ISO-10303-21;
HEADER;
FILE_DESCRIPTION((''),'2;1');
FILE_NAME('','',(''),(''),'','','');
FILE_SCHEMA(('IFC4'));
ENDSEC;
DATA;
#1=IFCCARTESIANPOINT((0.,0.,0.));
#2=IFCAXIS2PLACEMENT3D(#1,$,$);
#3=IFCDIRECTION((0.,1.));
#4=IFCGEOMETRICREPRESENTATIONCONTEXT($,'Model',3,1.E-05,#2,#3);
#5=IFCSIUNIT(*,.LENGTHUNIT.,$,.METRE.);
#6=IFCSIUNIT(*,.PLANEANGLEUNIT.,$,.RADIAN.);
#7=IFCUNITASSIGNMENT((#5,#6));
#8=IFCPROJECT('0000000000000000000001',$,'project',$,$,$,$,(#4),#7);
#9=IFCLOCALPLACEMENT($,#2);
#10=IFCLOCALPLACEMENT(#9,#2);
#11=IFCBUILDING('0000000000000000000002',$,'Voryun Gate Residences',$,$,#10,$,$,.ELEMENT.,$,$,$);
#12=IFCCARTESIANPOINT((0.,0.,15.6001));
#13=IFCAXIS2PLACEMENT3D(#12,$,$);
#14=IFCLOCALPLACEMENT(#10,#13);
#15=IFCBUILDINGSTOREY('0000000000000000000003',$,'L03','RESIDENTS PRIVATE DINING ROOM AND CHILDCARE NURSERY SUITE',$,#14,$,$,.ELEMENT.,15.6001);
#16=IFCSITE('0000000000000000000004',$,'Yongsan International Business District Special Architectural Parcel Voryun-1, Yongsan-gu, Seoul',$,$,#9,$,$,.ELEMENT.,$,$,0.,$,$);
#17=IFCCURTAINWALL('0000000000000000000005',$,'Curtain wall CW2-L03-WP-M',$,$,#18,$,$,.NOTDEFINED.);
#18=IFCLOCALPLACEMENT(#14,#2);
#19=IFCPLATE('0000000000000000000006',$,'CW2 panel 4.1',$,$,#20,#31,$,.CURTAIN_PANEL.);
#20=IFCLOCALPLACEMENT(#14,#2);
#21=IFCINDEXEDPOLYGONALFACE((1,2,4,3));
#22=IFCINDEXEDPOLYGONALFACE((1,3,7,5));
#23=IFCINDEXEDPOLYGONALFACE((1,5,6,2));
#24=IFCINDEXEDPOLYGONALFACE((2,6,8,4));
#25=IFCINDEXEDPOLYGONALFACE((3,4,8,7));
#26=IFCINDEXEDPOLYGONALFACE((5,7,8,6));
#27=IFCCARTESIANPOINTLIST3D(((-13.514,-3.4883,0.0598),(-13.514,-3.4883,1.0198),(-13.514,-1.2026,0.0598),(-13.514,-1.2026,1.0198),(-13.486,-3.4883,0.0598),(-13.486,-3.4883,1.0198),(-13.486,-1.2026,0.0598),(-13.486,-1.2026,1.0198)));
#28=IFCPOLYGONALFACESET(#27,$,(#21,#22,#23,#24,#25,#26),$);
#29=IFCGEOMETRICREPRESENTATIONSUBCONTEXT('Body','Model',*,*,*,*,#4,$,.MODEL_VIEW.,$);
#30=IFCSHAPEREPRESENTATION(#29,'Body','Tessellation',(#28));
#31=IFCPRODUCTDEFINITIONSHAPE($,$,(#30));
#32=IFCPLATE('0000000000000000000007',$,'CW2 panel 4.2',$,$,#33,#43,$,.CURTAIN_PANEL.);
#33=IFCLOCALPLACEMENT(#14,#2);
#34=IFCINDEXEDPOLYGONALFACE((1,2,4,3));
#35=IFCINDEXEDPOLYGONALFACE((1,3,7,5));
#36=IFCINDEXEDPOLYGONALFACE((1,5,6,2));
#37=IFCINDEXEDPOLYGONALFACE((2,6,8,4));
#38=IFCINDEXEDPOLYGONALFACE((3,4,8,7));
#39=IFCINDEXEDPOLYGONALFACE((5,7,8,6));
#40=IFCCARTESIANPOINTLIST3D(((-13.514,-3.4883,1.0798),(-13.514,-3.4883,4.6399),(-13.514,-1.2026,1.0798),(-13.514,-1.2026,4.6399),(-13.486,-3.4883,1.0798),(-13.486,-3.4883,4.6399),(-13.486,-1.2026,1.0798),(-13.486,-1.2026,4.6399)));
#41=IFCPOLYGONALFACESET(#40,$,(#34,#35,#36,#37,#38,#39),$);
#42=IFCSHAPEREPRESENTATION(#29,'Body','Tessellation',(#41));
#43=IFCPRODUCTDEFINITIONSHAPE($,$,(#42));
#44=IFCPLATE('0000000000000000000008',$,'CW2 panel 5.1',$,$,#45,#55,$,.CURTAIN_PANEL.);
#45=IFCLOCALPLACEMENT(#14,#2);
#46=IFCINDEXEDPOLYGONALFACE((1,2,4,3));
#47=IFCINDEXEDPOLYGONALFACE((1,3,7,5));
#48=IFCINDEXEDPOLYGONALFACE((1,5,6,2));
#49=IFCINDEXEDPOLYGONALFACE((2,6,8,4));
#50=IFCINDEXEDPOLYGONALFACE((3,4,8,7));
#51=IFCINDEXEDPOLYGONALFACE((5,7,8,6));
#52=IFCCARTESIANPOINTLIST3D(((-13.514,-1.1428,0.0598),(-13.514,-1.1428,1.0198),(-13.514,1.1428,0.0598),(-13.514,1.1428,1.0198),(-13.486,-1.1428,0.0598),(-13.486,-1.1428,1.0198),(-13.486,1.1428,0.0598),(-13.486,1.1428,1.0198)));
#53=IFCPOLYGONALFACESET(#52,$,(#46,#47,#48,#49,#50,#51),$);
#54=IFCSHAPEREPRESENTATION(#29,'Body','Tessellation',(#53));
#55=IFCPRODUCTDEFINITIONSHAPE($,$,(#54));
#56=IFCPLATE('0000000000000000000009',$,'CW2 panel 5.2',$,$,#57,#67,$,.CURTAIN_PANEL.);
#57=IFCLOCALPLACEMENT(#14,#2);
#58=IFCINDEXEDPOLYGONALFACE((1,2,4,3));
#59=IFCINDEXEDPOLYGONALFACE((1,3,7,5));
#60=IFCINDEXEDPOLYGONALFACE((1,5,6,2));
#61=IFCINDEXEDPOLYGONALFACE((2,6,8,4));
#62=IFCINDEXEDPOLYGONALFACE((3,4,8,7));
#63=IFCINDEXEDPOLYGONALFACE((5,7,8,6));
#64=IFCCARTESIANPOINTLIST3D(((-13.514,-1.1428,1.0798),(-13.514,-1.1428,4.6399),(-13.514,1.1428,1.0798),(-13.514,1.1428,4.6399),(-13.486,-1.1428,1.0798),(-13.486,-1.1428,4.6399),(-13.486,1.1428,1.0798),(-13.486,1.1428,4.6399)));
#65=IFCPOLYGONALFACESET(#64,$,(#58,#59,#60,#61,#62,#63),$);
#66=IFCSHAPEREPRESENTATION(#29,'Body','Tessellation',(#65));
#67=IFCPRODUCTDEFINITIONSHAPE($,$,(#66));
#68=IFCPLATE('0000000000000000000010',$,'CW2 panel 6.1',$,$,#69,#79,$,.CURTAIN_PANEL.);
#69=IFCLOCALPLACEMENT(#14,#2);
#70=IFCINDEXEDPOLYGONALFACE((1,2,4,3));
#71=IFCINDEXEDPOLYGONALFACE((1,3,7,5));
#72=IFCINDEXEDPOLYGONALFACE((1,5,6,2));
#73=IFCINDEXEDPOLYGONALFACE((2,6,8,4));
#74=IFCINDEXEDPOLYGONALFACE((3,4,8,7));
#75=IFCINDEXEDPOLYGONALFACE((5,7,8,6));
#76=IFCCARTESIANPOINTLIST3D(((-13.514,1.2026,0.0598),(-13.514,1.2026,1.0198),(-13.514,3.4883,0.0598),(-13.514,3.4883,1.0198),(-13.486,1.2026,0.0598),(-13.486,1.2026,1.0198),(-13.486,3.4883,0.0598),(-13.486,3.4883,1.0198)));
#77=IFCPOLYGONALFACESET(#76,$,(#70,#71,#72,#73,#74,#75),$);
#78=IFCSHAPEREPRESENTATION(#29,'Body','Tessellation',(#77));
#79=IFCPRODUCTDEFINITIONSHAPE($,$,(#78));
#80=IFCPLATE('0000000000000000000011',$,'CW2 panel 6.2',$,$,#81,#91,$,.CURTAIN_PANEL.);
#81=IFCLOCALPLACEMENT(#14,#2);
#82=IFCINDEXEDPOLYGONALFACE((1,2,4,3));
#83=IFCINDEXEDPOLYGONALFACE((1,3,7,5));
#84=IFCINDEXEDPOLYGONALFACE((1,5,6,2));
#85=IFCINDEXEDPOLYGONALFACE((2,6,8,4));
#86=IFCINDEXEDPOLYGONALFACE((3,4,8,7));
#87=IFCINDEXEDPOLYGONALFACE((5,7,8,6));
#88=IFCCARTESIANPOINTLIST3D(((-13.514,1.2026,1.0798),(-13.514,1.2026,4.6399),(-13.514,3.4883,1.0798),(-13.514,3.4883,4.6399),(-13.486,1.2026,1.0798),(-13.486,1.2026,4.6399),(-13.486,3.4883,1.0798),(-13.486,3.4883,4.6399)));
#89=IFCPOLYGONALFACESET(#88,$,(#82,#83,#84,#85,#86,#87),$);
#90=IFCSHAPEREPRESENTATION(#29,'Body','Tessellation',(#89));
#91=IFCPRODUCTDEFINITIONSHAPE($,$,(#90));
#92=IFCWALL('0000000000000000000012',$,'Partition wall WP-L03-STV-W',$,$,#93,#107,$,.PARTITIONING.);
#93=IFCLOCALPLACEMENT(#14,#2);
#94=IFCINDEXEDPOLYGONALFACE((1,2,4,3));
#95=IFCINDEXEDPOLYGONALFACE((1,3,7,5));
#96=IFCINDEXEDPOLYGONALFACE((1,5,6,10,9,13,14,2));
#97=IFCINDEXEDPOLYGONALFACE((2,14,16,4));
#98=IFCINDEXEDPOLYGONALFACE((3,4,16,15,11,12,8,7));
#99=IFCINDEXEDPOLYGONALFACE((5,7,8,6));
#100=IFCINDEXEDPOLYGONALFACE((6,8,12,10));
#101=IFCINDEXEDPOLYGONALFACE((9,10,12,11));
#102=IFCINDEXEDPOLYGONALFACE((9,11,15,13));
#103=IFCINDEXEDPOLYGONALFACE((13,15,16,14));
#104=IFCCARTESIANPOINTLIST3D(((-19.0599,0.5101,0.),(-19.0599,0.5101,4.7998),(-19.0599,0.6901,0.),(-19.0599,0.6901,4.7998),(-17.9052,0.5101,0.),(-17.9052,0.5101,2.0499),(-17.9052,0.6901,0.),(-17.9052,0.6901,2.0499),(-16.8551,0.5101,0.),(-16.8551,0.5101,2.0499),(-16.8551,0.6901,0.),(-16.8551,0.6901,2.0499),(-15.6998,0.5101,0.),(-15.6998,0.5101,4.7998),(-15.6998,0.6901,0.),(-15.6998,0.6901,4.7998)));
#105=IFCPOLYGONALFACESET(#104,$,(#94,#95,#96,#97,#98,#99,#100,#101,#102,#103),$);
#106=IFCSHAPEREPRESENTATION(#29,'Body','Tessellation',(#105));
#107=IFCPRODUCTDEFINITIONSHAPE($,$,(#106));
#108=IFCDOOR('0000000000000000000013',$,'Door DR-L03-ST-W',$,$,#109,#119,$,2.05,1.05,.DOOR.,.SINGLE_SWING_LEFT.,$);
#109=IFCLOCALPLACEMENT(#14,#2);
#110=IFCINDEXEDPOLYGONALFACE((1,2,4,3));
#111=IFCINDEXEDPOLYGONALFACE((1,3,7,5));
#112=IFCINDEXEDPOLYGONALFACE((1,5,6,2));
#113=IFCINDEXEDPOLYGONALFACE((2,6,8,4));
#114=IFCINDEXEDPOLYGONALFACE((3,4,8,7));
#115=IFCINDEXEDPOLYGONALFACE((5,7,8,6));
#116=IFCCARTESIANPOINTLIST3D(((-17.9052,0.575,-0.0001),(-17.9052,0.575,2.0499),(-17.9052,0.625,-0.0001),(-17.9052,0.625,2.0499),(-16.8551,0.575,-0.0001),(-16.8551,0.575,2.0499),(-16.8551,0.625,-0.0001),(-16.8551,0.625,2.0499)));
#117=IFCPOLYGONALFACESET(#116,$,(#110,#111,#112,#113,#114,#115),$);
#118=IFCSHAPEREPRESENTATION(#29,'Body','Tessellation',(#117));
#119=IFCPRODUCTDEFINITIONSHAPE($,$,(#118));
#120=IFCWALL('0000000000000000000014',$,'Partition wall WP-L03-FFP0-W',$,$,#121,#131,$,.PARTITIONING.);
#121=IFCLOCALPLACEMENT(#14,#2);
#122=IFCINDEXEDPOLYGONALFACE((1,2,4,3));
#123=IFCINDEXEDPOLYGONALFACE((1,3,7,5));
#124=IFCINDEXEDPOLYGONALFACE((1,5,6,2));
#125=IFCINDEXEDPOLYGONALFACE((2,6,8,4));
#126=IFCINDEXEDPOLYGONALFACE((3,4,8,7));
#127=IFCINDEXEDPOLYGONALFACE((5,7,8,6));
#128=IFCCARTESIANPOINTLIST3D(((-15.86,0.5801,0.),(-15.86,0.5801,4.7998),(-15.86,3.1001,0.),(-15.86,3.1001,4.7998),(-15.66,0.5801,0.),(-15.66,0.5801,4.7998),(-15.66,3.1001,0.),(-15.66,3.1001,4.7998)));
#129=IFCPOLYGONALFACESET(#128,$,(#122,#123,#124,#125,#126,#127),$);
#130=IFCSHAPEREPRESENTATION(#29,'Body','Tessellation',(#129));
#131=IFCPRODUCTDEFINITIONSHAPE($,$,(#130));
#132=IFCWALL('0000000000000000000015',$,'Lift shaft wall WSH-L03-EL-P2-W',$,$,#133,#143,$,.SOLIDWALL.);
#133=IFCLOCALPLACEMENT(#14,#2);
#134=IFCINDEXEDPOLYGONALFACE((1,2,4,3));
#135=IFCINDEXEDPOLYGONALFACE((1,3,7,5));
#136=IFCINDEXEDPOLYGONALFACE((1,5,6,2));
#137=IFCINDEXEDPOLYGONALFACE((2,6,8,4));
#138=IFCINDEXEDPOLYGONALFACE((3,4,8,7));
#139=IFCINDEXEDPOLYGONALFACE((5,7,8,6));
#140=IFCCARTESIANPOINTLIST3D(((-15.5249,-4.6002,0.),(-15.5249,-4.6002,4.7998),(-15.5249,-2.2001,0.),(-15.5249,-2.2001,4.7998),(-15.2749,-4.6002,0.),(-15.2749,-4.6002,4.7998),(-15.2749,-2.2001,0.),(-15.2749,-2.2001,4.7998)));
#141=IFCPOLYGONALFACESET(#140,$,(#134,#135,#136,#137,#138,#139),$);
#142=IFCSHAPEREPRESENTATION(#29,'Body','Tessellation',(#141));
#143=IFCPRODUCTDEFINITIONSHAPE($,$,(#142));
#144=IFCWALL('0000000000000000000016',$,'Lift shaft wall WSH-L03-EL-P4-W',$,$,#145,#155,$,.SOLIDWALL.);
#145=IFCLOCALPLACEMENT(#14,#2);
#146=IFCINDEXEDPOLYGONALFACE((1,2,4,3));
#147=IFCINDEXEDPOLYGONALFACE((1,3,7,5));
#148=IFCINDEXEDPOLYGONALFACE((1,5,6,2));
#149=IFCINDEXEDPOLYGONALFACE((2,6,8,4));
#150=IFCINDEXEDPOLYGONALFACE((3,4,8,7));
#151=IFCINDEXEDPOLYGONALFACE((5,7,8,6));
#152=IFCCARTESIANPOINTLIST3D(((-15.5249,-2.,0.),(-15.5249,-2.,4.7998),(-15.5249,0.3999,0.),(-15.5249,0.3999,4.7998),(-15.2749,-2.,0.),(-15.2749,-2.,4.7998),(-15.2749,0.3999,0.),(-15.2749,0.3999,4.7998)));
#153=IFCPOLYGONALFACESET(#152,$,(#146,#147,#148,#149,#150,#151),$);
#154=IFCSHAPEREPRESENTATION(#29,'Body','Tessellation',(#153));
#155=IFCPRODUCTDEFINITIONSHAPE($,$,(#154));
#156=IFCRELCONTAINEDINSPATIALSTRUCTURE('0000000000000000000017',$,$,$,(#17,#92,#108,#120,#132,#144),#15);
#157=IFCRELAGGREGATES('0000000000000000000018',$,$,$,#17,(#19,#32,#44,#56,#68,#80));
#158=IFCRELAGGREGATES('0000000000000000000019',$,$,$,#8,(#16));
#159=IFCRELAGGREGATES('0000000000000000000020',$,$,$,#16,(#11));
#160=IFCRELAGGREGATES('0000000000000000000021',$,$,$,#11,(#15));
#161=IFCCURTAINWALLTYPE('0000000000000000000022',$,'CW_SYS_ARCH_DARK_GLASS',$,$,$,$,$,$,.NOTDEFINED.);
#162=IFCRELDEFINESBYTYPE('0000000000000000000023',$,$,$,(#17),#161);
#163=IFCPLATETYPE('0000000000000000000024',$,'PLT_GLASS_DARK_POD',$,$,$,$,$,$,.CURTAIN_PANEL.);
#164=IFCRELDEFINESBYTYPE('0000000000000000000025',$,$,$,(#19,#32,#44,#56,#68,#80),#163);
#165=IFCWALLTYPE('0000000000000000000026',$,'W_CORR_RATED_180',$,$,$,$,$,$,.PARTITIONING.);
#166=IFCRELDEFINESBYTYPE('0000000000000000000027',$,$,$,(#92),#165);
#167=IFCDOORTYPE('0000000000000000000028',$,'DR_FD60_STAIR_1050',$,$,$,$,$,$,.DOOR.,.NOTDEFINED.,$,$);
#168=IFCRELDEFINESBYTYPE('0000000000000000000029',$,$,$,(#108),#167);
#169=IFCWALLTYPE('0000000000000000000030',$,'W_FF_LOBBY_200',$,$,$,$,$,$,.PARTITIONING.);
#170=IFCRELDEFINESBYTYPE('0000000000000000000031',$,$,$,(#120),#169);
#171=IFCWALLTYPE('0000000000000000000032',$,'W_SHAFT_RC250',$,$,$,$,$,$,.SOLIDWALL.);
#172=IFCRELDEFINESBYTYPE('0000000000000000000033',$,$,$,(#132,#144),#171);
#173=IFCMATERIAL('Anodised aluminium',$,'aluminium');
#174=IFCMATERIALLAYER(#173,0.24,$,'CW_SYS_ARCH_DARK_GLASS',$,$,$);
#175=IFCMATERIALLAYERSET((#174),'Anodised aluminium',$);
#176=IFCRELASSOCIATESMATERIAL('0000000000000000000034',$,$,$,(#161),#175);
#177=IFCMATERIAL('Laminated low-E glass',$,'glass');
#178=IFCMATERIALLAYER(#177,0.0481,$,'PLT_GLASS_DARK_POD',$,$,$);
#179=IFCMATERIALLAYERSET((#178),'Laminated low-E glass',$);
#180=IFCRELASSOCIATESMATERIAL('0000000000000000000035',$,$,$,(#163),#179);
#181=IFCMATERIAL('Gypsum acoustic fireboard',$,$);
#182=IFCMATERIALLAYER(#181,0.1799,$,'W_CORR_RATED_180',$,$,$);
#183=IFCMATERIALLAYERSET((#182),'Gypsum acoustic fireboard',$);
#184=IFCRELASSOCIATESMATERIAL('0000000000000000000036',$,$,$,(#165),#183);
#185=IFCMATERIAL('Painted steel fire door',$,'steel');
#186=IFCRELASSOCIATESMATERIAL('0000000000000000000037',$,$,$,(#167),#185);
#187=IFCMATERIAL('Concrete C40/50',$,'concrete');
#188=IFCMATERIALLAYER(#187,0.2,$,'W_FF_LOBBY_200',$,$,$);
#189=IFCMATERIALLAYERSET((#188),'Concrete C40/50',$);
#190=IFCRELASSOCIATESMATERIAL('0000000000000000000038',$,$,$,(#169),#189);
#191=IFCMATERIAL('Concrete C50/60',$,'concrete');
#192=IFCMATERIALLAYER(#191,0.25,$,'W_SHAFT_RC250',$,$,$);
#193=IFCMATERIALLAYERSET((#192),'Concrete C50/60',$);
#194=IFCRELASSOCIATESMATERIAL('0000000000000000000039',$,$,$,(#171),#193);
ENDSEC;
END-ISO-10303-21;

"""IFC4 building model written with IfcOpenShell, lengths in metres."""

from ifc_helpers import new_model, si_unit, direction, frame, frame_2d, origin, origin_2d, place, context, subcontext, project, spatial, rectangle, extrude, material, layer, layer_set, type_object, element, fill, aggregate, save


model = new_model("IFC4")

# Units and contexts
model_context = context("Model", 3, precision=1e-05, world=origin(), true_north=direction((0.0, 1.0)))
body_context = subcontext(model_context, "Body", "Model", "MODEL_VIEW")
ifc_project = project(units=[si_unit("LENGTHUNIT", "METRE"), si_unit("PLANEANGLEUNIT", "RADIAN")], contexts=[model_context])

# Site, building, storey
site_placement = place(None, origin())
site = spatial("IfcSite", under=ifc_project, at=site_placement, Name="Yongsan International Business District Special Architectural Parcel Voryun-1, Yongsan-gu, Seoul", CompositionType="ELEMENT", RefElevation=0.0)
building_placement = place(site_placement, origin())
building = spatial("IfcBuilding", under=site, at=building_placement, Name="Voryun Gate Residences", CompositionType="ELEMENT")
storey_placement = place(building_placement, frame((0.0, 0.0, 15.6001)))
storey = spatial("IfcBuildingStorey", under=building, at=storey_placement, Name="L03", Description="RESIDENTS PRIVATE DINING ROOM AND CHILDCARE NURSERY SUITE", CompositionType="ELEMENT", Elevation=15.6001)

# Curtain wall, plates
ifc_material_1 = material(Name="Anodised aluminium", Category="aluminium")
ifc_layer_1 = layer(ifc_material_1, 0.24, Name="CW_SYS_ARCH_DARK_GLASS")
ifc_layer_set_1 = layer_set([ifc_layer_1], Name="Anodised aluminium")
curtain_wall_type = type_object("IfcCurtainWallType", Name="CW_SYS_ARCH_DARK_GLASS", PredefinedType="NOTDEFINED", material=ifc_layer_set_1)
curtain_wall_placement = place(storey_placement, origin())
curtain_wall = element("IfcCurtainWall", 1, at=curtain_wall_placement, inside=storey, type_object=curtain_wall_type, Name="Curtain wall CW2-L03-WP-M", PredefinedType="NOTDEFINED")
ifc_material_2 = material(Name="Laminated low-E glass", Category="glass")
ifc_layer_2 = layer(ifc_material_2, 0.0481, Name="PLT_GLASS_DARK_POD")
ifc_layer_set_2 = layer_set([ifc_layer_2], Name="Laminated low-E glass")
plate_type = type_object("IfcPlateType", Name="PLT_GLASS_DARK_POD", PredefinedType="CURTAIN_PANEL", material=ifc_layer_set_2)
plate_1_placement = place(storey_placement, frame((-13.5, -2.3455, 0.0598), z_axis=(0.0, 0.0, 1.0), x_axis=(0.0, 1.0, 0.0)))
plate_1 = element("IfcPlate", 2, at=plate_1_placement, type_object=plate_type, Name="CW2 panel 4.1", PredefinedType="CURTAIN_PANEL", context=body_context, shape_type="SweptSolid", body=[
    extrude(rectangle(XDim=2.2856, YDim=0.0281, at=origin_2d()), origin(), (0.0, 0.0, 1.0), 0.96),
])
plate_2_placement = place(storey_placement, frame((-13.5, -2.3455, 1.0798), z_axis=(0.0, 0.0, 1.0), x_axis=(0.0, 1.0, 0.0)))
plate_2 = element("IfcPlate", 3, at=plate_2_placement, type_object=plate_type, Name="CW2 panel 4.2", PredefinedType="CURTAIN_PANEL", context=body_context, shape_type="SweptSolid", body=[
    extrude(rectangle(XDim=2.2856, YDim=0.0281, at=origin_2d()), origin(), (0.0, 0.0, 1.0), 3.5601),
])
plate_3_placement = place(storey_placement, frame((-13.5, 0.0, 0.0598), z_axis=(0.0, 0.0, 1.0), x_axis=(0.0, 1.0, 0.0)))
plate_3 = element("IfcPlate", 4, at=plate_3_placement, type_object=plate_type, Name="CW2 panel 5.1", PredefinedType="CURTAIN_PANEL", context=body_context, shape_type="SweptSolid", body=[
    extrude(rectangle(XDim=2.2856, YDim=0.0281, at=origin_2d()), origin(), (0.0, 0.0, 1.0), 0.96),
])
plate_4_placement = place(storey_placement, frame((-13.5, 0.0, 1.0798), z_axis=(0.0, 0.0, 1.0), x_axis=(0.0, 1.0, 0.0)))
plate_4 = element("IfcPlate", 5, at=plate_4_placement, type_object=plate_type, Name="CW2 panel 5.2", PredefinedType="CURTAIN_PANEL", context=body_context, shape_type="SweptSolid", body=[
    extrude(rectangle(XDim=2.2856, YDim=0.0281, at=origin_2d()), origin(), (0.0, 0.0, 1.0), 3.5601),
])
plate_5_placement = place(storey_placement, frame((-13.5, 2.3455, 0.0598), z_axis=(0.0, 0.0, 1.0), x_axis=(0.0, 1.0, 0.0)))
plate_5 = element("IfcPlate", 6, at=plate_5_placement, type_object=plate_type, Name="CW2 panel 6.1", PredefinedType="CURTAIN_PANEL", context=body_context, shape_type="SweptSolid", body=[
    extrude(rectangle(XDim=2.2856, YDim=0.0281, at=origin_2d()), origin(), (0.0, 0.0, 1.0), 0.96),
])
plate_6_placement = place(storey_placement, frame((-13.5, 2.3455, 1.0798), z_axis=(0.0, 0.0, 1.0), x_axis=(0.0, 1.0, 0.0)))
plate_6 = element("IfcPlate", 7, at=plate_6_placement, type_object=plate_type, Name="CW2 panel 6.2", PredefinedType="CURTAIN_PANEL", context=body_context, shape_type="SweptSolid", body=[
    extrude(rectangle(XDim=2.2856, YDim=0.0281, at=origin_2d()), origin(), (0.0, 0.0, 1.0), 3.5601),
])
aggregate(curtain_wall, [plate_1, plate_2, plate_3, plate_4, plate_5, plate_6])

# Wall, opening, door
ifc_material_3 = material(Name="Gypsum acoustic fireboard")
ifc_layer_3 = layer(ifc_material_3, 0.1799, Name="W_CORR_RATED_180")
ifc_layer_set_3 = layer_set([ifc_layer_3], Name="Gypsum acoustic fireboard")
wall_type_1 = type_object("IfcWallType", Name="W_CORR_RATED_180", PredefinedType="PARTITIONING", material=ifc_layer_set_3)
wall_1_placement = place(storey_placement, frame((-19.0601, 0.6001, 0.0), z_axis=(0.0, 0.0, 1.0), x_axis=(1.0, 0.0, 0.0)))
wall_1 = element("IfcWall", 8, at=wall_1_placement, inside=storey, type_object=wall_type_1, Name="Partition wall WP-L03-STV-W", PredefinedType="PARTITIONING", context=body_context, shape_type="SweptSolid", body=[
    extrude(rectangle(XDim=3.3601, YDim=0.1799, at=frame_2d((1.6802, 0.0))), origin(), (0.0, 0.0, 1.0), 4.7998),
])
opening_placement = place(wall_1_placement, frame((1.155, 0.0, 0.0)))
opening = element("IfcOpeningElement", 9, at=opening_placement, cuts=wall_1, PredefinedType="OPENING", context=body_context, shape_type="SweptSolid", body=[
    extrude(rectangle(XDim=1.05, YDim=2.05, at=frame_2d((0.5249, 1.0249))), frame((0.0, 0.0999, 0.0), z_axis=(0.0, -1.0, 0.0), x_axis=(1.0, 0.0, 0.0)), (0.0, 0.0, 1.0), 0.2),
])
ifc_material_4 = material(Name="Painted steel fire door", Category="steel")
door_type = type_object("IfcDoorType", Name="DR_FD60_STAIR_1050", OperationType="NOTDEFINED", PredefinedType="DOOR", material=ifc_material_4)
door_placement = place(opening_placement, origin())
door = element("IfcDoor", 10, at=door_placement, inside=storey, type_object=door_type, Name="Door DR-L03-ST-W", OperationType="SINGLE_SWING_LEFT", OverallHeight=2.05, OverallWidth=1.05, PredefinedType="DOOR", context=body_context, shape_type="SweptSolid", body=[
    extrude(rectangle(XDim=1.05, YDim=2.05, at=frame_2d((0.5249, 1.0249))), frame((0.0, 0.0249, 0.0), z_axis=(0.0, -1.0, 0.0), x_axis=(1.0, 0.0, 0.0)), (0.0, 0.0, 1.0), 0.05),
])
fill(opening, door)

# Walls
ifc_material_5 = material(Name="Concrete C40/50", Category="concrete")
ifc_layer_4 = layer(ifc_material_5, 0.2, Name="W_FF_LOBBY_200")
ifc_layer_set_4 = layer_set([ifc_layer_4], Name="Concrete C40/50")
wall_type_2 = type_object("IfcWallType", Name="W_FF_LOBBY_200", PredefinedType="PARTITIONING", material=ifc_layer_set_4)
wall_2_placement = place(storey_placement, frame((-15.76, 0.5801, 0.0), z_axis=(0.0, 0.0, 1.0), x_axis=(0.0, 1.0, 0.0)))
element("IfcWall", 11, at=wall_2_placement, inside=storey, type_object=wall_type_2, Name="Partition wall WP-L03-FFP0-W", PredefinedType="PARTITIONING", context=body_context, shape_type="SweptSolid", body=[
    extrude(rectangle(XDim=2.52, YDim=0.2, at=frame_2d((1.26, 0.0))), origin(), (0.0, 0.0, 1.0), 4.7998),
])
ifc_material_6 = material(Name="Concrete C50/60", Category="concrete")
ifc_layer_5 = layer(ifc_material_6, 0.25, Name="W_SHAFT_RC250")
ifc_layer_set_5 = layer_set([ifc_layer_5], Name="Concrete C50/60")
wall_type_3 = type_object("IfcWallType", Name="W_SHAFT_RC250", PredefinedType="SOLIDWALL", material=ifc_layer_set_5)
wall_3_placement = place(storey_placement, frame((-15.3999, -2.2, 0.0), z_axis=(0.0, 0.0, 1.0), x_axis=(0.0, -1.0, 0.0)))
element("IfcWall", 12, at=wall_3_placement, inside=storey, type_object=wall_type_3, Name="Lift shaft wall WSH-L03-EL-P2-W", PredefinedType="SOLIDWALL", context=body_context, shape_type="SweptSolid", body=[
    extrude(rectangle(XDim=2.4001, YDim=0.25, at=frame_2d((1.2002, 0.0))), origin(), (0.0, 0.0, 1.0), 4.7998),
])
wall_4_placement = place(storey_placement, frame((-15.3999, 0.3999, 0.0), z_axis=(0.0, 0.0, 1.0), x_axis=(0.0, -1.0, 0.0)))
element("IfcWall", 13, at=wall_4_placement, inside=storey, type_object=wall_type_3, Name="Lift shaft wall WSH-L03-EL-P4-W", PredefinedType="SOLIDWALL", context=body_context, shape_type="SweptSolid", body=[
    extrude(rectangle(XDim=2.3999, YDim=0.25, at=frame_2d((1.2, 0.0))), origin(), (0.0, 0.0, 1.0), 4.7998),
])

save(model, "model.ifc")
